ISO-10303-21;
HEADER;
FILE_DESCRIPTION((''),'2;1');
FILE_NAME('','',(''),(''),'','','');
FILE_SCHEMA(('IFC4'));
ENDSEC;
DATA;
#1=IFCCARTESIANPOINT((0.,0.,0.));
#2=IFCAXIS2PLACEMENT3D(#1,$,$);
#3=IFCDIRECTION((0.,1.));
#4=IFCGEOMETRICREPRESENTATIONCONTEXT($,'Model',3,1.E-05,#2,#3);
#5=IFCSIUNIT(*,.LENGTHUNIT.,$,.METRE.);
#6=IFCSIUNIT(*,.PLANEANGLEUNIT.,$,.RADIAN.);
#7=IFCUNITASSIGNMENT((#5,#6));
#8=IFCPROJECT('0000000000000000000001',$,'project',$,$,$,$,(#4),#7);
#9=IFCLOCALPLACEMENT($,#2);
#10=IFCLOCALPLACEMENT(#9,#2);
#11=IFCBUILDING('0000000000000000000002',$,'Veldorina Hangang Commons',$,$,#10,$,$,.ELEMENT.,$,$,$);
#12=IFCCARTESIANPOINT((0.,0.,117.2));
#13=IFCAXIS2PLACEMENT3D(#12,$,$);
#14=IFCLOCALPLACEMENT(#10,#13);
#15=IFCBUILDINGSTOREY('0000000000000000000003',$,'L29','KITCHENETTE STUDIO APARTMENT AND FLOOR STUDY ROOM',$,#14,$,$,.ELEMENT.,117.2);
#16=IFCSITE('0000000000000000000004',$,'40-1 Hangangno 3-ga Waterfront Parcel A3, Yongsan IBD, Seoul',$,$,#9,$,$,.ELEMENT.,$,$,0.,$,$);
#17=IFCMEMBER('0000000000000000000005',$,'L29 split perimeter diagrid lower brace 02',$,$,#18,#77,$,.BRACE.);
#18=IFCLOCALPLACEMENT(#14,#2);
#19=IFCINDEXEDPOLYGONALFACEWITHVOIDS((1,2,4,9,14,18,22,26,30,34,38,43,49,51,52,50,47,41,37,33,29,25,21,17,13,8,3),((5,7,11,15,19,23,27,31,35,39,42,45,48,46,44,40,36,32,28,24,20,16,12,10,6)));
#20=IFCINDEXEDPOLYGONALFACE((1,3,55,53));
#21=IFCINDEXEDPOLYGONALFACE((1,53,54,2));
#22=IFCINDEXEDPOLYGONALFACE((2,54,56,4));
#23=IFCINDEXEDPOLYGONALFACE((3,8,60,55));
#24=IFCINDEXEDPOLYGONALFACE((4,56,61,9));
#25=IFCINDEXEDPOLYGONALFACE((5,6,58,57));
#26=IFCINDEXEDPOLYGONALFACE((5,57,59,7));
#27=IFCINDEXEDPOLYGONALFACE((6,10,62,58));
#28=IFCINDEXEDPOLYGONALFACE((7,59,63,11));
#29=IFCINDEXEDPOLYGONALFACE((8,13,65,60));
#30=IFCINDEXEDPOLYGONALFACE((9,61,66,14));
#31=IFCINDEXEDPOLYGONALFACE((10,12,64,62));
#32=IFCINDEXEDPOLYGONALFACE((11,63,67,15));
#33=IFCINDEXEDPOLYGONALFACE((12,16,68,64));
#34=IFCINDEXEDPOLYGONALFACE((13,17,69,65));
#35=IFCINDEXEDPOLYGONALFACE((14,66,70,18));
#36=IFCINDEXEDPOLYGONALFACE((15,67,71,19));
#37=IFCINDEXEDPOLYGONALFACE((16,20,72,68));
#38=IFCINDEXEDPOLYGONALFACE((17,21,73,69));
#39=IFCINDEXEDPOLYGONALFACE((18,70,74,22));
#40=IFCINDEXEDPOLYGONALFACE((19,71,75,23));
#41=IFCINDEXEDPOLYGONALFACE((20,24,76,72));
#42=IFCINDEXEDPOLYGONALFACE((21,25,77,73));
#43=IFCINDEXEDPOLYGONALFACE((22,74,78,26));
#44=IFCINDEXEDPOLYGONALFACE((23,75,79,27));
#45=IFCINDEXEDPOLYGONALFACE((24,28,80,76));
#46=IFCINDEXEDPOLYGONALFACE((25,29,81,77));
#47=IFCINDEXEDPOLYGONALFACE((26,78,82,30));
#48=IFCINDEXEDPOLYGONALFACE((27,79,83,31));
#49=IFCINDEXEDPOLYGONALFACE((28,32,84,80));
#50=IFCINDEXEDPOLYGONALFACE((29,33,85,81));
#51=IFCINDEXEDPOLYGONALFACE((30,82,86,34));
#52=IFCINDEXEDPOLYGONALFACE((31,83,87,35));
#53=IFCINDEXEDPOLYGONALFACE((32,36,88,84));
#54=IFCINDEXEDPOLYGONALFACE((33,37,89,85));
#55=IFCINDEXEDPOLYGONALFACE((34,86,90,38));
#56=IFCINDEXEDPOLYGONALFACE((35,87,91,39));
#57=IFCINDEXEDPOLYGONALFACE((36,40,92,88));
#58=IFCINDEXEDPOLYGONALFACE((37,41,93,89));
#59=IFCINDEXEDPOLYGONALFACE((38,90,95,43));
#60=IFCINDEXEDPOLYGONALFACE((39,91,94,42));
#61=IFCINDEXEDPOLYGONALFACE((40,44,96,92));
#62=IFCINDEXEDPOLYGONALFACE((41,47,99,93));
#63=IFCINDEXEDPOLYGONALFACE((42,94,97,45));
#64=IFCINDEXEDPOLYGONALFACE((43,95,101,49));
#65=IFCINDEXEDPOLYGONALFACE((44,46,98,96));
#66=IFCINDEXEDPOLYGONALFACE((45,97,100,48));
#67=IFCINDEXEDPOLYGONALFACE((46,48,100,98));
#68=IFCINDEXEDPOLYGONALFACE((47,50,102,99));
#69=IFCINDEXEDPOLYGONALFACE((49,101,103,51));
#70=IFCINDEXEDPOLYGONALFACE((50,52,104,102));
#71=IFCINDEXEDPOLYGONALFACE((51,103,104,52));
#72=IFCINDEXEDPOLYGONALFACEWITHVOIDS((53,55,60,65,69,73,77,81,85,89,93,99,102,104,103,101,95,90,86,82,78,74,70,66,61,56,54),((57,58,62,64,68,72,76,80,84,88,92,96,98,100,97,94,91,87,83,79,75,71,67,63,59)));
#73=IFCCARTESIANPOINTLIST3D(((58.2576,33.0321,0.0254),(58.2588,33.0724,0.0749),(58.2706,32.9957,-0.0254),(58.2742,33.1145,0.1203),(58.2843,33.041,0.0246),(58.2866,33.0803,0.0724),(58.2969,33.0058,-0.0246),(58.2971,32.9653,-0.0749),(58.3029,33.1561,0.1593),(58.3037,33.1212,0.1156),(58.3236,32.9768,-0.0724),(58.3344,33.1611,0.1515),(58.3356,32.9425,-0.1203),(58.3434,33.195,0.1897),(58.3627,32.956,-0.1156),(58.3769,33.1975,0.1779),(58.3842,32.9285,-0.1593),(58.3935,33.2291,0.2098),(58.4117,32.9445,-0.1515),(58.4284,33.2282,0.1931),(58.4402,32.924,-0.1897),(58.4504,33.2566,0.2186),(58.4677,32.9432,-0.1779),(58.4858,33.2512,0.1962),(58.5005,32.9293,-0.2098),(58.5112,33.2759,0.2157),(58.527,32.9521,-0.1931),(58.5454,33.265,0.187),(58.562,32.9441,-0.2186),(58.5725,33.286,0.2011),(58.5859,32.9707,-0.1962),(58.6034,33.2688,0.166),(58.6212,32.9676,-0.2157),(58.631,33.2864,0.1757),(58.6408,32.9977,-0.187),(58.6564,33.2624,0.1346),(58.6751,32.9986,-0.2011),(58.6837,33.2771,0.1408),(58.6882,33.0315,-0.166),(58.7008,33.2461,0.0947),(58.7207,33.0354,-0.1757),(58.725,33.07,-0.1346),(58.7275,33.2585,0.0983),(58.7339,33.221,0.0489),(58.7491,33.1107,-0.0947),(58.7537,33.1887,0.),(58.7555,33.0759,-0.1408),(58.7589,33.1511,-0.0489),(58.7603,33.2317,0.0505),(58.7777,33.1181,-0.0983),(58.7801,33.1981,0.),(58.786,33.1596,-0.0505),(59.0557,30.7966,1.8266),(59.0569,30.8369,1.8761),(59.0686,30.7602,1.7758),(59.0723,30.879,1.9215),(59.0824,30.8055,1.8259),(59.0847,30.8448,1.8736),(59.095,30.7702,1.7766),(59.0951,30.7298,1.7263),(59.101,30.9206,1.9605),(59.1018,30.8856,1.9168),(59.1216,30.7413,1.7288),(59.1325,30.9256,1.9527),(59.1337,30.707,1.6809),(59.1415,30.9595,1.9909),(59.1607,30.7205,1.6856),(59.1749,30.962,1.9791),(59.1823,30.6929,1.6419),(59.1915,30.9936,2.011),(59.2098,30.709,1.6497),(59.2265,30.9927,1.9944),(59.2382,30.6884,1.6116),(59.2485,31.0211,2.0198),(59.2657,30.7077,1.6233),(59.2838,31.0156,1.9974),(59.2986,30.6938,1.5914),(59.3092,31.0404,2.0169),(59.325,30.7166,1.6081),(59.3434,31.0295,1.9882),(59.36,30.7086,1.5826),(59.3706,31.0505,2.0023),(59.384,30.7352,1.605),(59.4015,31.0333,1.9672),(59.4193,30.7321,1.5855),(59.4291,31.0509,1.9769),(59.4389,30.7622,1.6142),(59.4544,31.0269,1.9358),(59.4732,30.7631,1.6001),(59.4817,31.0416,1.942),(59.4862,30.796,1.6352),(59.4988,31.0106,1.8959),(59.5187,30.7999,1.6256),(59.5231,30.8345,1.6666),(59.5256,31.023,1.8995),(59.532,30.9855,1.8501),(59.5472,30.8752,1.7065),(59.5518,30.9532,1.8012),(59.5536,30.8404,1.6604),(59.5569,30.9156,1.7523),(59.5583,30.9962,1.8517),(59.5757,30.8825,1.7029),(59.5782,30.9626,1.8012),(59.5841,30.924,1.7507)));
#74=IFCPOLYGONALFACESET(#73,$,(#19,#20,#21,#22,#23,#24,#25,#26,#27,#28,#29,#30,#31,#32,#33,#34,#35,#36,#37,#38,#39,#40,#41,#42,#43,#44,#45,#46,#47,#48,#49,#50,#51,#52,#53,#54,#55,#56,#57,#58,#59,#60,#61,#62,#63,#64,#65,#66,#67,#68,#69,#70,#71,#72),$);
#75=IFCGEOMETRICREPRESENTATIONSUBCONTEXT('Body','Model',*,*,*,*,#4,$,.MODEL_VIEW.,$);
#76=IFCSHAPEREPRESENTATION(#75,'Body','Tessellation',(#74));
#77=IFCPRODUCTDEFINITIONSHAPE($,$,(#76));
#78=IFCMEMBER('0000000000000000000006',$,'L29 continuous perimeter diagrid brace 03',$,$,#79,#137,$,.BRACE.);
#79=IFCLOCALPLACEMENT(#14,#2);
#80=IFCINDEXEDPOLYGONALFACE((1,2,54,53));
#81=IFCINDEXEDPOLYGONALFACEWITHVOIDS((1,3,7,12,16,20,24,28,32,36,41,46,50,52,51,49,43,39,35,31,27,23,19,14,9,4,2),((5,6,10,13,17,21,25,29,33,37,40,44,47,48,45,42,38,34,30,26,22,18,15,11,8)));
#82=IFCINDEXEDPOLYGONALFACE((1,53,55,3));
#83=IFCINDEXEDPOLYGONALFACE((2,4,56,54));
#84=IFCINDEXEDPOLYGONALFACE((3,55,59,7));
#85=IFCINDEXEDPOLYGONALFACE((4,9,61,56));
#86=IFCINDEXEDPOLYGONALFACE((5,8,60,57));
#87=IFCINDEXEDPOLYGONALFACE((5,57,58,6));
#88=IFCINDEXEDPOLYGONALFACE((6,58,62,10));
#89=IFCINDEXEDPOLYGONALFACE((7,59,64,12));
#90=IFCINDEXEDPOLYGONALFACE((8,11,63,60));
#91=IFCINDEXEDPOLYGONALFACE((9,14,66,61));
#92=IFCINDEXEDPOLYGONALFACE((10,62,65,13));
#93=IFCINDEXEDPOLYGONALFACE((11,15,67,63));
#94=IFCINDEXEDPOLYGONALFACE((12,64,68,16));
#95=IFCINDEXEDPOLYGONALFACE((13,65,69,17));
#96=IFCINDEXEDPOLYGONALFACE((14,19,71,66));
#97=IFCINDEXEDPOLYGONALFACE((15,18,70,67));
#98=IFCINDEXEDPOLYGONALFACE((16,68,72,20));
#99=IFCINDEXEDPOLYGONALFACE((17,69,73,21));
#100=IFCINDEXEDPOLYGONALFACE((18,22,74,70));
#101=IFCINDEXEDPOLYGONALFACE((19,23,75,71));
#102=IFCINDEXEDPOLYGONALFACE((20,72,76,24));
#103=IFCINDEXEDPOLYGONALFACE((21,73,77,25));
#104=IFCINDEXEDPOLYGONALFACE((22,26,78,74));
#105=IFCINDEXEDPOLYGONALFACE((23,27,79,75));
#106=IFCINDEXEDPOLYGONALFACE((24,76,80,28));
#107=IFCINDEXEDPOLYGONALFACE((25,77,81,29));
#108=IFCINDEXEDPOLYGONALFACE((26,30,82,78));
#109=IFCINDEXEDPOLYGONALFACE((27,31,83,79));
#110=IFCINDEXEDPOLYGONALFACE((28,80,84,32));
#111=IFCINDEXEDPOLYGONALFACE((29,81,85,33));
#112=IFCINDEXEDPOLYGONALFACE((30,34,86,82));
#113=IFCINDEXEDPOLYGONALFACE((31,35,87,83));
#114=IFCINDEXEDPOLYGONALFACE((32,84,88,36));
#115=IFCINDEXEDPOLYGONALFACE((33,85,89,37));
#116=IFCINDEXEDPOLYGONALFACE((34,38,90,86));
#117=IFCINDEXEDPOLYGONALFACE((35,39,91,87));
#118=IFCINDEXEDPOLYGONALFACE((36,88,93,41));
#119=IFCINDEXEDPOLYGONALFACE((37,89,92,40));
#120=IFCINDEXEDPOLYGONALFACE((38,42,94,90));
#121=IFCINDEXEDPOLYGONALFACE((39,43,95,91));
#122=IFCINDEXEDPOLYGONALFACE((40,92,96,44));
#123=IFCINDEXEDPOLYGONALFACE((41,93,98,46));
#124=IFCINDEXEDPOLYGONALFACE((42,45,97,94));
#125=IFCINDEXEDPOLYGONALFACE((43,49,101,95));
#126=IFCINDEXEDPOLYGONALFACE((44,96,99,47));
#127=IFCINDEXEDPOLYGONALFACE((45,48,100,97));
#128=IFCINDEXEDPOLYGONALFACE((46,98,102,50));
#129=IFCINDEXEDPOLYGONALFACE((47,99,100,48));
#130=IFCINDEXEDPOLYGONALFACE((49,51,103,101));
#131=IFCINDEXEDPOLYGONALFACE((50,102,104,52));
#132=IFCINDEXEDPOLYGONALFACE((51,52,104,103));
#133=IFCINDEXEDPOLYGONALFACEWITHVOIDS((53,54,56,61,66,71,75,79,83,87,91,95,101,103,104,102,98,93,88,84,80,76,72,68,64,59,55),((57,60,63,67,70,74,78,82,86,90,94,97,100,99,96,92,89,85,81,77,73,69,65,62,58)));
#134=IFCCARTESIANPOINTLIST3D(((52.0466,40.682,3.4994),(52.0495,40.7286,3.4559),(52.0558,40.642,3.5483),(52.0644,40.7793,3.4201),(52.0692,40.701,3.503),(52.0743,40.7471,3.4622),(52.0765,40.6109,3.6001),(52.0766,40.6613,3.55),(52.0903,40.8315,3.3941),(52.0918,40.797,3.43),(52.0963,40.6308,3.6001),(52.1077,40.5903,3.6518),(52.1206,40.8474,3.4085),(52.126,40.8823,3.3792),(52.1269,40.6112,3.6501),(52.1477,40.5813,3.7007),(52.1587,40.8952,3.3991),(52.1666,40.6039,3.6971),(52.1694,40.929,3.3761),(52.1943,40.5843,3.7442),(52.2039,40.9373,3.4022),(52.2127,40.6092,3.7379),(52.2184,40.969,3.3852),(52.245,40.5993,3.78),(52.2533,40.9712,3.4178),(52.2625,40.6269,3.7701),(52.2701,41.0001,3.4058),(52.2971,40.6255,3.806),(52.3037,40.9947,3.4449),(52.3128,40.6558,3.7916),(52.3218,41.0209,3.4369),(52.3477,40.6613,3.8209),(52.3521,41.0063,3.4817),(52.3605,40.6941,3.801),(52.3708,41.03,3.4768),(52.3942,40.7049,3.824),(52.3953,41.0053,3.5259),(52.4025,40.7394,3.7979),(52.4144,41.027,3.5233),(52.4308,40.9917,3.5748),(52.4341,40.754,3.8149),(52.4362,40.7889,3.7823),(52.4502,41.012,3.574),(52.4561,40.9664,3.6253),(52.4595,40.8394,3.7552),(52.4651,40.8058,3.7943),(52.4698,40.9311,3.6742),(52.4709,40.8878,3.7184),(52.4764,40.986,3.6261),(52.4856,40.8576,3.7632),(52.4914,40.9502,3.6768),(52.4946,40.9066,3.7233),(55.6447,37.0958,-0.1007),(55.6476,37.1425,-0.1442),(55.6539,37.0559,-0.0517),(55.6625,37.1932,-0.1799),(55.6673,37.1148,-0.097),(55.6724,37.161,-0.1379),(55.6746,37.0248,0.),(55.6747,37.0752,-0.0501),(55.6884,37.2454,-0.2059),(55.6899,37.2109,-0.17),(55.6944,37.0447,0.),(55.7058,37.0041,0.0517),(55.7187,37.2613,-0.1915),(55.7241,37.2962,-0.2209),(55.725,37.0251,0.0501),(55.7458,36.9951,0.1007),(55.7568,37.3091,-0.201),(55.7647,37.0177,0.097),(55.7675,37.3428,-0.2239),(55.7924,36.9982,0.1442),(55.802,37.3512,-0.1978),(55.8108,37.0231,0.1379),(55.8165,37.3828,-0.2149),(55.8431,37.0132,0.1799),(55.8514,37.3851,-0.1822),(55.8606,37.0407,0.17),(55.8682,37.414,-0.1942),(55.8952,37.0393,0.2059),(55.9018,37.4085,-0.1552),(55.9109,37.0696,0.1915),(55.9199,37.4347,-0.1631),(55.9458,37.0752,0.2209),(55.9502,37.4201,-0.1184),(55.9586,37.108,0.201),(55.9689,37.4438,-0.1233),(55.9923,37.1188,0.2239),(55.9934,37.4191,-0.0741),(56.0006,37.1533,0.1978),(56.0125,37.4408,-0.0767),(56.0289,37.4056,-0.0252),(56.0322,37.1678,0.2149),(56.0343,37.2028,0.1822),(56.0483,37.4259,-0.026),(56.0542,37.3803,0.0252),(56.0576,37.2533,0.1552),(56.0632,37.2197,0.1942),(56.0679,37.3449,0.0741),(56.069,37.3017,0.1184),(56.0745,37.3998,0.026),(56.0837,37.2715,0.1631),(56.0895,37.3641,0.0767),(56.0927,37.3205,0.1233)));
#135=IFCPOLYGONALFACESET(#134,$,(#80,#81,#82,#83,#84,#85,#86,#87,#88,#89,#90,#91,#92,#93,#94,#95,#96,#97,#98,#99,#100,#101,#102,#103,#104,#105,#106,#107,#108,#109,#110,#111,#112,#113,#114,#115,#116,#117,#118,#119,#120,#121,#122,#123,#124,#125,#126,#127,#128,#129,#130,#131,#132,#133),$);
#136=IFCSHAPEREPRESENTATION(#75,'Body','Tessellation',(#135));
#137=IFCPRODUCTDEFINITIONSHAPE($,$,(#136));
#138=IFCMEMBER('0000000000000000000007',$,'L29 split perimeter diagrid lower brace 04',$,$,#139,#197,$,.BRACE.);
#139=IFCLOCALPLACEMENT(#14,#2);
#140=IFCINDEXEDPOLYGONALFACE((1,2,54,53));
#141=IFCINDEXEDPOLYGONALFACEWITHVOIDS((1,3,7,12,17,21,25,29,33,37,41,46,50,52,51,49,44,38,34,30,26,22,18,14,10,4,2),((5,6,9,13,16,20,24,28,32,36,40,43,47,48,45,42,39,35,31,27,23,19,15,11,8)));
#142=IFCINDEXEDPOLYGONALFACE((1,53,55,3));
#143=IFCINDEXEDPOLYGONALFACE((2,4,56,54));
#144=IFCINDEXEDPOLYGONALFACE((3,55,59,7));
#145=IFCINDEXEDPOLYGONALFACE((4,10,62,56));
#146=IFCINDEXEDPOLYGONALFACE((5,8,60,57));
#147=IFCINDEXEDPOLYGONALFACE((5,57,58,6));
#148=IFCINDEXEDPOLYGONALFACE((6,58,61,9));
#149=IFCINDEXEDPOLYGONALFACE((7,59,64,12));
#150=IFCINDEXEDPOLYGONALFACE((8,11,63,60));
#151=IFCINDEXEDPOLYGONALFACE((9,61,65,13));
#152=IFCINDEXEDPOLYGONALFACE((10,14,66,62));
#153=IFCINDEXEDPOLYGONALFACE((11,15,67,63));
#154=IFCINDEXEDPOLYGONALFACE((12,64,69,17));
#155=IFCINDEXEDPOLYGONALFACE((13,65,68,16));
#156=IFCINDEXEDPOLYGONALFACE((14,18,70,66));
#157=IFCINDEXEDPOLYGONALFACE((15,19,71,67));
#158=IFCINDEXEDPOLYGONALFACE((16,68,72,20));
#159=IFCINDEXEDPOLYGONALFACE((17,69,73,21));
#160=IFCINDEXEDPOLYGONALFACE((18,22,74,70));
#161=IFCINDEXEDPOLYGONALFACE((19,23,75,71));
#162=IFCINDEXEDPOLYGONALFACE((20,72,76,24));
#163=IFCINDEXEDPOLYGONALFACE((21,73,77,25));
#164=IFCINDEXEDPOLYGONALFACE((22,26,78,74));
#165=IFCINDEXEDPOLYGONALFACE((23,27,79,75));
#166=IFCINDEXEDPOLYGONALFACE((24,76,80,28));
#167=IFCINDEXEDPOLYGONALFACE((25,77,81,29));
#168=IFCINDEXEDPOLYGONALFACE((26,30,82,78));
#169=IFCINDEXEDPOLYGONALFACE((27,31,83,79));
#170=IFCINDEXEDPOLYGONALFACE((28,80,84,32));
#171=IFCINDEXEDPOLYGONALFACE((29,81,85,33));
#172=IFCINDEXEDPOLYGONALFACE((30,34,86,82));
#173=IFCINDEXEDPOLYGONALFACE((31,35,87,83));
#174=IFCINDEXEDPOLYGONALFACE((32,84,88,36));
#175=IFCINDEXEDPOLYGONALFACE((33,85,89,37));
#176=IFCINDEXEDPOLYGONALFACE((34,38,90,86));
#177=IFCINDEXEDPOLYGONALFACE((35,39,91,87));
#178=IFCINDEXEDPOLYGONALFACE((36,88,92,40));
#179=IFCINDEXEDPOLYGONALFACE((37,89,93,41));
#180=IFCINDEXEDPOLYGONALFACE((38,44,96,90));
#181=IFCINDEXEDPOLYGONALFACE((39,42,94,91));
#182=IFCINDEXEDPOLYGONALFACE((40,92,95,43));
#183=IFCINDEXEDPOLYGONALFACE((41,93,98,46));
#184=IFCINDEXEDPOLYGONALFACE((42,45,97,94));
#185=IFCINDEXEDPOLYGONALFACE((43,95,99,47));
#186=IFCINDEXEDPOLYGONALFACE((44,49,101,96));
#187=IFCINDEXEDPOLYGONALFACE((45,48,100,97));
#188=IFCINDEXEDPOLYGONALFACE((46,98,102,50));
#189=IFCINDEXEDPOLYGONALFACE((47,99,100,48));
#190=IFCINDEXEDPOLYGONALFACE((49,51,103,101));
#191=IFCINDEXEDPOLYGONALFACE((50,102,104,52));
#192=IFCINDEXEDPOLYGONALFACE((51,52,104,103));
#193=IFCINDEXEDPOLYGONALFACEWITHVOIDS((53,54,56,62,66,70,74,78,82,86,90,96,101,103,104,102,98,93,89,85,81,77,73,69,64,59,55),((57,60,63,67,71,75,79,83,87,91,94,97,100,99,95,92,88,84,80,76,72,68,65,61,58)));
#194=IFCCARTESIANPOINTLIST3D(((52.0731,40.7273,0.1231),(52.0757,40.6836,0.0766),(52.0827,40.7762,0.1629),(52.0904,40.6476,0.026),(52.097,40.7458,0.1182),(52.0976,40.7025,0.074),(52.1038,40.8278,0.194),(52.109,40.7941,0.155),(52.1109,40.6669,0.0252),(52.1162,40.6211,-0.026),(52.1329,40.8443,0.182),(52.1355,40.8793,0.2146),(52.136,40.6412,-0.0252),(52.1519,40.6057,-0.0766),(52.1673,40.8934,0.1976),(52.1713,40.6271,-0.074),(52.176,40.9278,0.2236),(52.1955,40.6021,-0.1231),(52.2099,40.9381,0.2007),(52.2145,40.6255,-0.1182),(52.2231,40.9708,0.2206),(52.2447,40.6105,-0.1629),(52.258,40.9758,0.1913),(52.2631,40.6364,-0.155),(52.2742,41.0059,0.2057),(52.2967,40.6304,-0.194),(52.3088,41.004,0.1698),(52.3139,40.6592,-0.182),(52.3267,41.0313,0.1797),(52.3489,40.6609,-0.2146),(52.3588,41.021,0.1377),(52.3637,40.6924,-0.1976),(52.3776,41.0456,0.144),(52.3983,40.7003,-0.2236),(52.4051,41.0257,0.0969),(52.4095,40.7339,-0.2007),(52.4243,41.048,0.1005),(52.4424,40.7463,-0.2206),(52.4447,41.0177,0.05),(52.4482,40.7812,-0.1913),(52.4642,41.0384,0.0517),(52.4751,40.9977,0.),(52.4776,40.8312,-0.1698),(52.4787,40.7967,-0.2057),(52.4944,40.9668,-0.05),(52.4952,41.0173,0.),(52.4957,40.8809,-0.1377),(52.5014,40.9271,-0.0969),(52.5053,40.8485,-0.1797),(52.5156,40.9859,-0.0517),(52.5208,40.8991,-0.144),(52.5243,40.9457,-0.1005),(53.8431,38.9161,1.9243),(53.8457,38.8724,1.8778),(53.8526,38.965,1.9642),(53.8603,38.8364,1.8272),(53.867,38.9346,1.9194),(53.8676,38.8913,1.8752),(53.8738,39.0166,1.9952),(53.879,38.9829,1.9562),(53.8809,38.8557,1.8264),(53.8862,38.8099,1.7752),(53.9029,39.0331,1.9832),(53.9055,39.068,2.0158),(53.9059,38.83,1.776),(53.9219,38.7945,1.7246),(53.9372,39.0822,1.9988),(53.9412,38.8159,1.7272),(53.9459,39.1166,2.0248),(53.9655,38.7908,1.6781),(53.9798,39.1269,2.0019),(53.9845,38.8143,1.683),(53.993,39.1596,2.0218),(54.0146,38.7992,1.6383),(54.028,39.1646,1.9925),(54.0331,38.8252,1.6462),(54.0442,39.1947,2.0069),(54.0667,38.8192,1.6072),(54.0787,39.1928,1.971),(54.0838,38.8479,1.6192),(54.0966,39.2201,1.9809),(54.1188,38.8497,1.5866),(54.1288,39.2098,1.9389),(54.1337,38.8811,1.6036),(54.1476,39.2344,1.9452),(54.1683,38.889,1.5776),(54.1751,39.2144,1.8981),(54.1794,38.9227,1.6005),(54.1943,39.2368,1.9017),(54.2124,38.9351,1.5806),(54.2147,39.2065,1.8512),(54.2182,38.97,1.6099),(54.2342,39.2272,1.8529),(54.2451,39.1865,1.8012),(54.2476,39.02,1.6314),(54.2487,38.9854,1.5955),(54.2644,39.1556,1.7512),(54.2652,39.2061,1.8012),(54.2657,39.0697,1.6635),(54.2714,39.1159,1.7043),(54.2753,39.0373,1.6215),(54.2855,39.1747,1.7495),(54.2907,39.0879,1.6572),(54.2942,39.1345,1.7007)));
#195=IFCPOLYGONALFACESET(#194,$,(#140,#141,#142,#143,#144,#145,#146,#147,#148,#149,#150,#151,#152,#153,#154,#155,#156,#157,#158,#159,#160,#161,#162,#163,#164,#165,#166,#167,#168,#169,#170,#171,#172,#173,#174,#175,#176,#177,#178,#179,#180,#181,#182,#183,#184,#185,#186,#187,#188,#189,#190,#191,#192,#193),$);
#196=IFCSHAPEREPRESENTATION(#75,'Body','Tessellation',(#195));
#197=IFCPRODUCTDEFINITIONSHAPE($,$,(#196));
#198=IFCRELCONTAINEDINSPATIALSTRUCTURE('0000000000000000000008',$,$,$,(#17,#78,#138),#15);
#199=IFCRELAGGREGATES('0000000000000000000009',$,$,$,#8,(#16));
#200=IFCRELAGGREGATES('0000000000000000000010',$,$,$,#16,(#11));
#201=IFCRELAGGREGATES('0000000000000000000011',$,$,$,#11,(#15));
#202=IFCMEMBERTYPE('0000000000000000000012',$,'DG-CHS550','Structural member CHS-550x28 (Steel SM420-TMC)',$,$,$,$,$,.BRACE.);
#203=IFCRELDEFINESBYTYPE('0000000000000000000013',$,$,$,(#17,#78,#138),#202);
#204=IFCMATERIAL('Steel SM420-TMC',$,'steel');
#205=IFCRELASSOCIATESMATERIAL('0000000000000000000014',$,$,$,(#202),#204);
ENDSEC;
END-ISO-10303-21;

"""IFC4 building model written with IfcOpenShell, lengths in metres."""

from ifc_helpers import new_model, si_unit, direction, frame, origin, origin_2d, place, context, subcontext, project, spatial, hollow_circle, extrude, material, material_profile, profile_set, type_object, element, save


model = new_model("IFC4")

# Units and contexts
model_context = context("Model", 3, precision=1e-05, world=origin(), true_north=direction((0.0, 1.0)))
body_context = subcontext(model_context, "Body", "Model", "MODEL_VIEW")
ifc_project = project(units=[si_unit("LENGTHUNIT", "METRE"), si_unit("PLANEANGLEUNIT", "RADIAN")], contexts=[model_context])

# Site, building, storey
site_placement = place(None, origin())
site = spatial("IfcSite", under=ifc_project, at=site_placement, Name="40-1 Hangangno 3-ga Waterfront Parcel A3, Yongsan IBD, Seoul", CompositionType="ELEMENT", RefElevation=0.0)
building_placement = place(site_placement, origin())
building = spatial("IfcBuilding", under=site, at=building_placement, Name="Veldorina Hangang Commons", CompositionType="ELEMENT")
storey_placement = place(building_placement, frame((0.0, 0.0, 117.2)))
storey = spatial("IfcBuildingStorey", under=building, at=storey_placement, Name="L29", Description="KITCHENETTE STUDIO APARTMENT AND FLOOR STUDY ROOM", CompositionType="ELEMENT", Elevation=117.2)

# Shared definitions
ifc_material_1 = material(Name="Steel SM420-TMC", Category="steel")

# Members
ifc_material_profile_1 = material_profile(ifc_material_1, hollow_circle(Radius=0.2749, WallThickness=0.0281, at=origin_2d()), Name="CHS-550x28")
ifc_profile_set_1 = profile_set([ifc_material_profile_1], Name="Steel SM420-TMC")
member_type = type_object("IfcMemberType", Name="DG-CHS550", Description="Structural member CHS-550x28 (Steel SM420-TMC)", PredefinedType="BRACE", material=ifc_profile_set_1)
member_1_placement = place(storey_placement, frame((58.5212, 33.1057, 0.0), z_axis=(0.267832, -0.750241, 0.604486), x_axis=(0.941786, 0.336213, 0.0)))
element("IfcMember", 1, at=member_1_placement, inside=storey, type_object=member_type, Name="L29 split perimeter diagrid lower brace 02", PredefinedType="BRACE", context=body_context, shape_type="SweptSolid", body=[
    extrude(hollow_circle(Radius=0.2749, WallThickness=0.0281, at=origin_2d()), origin(), (0.0, 0.0, 1.0), 2.9797),
])
member_2_placement = place(storey_placement, frame((55.8687, 37.2195, 0.0), z_axis=(-0.577885, 0.575964, 0.578199), x_axis=(-0.705928, -0.708283, 0.0)))
element("IfcMember", 2, at=member_2_placement, inside=storey, type_object=member_type, Name="L29 continuous perimeter diagrid brace 03", PredefinedType="BRACE", context=body_context, shape_type="SweptSolid", body=[
    extrude(hollow_circle(Radius=0.2749, WallThickness=0.0281, at=origin_2d()), origin(), (0.0, 0.0, 1.0), 6.2263),
])
member_3_placement = place(storey_placement, frame((52.2986, 40.8252, 0.0), z_axis=(0.569545, -0.582822, 0.579601), x_axis=(0.715206, 0.698914, 0.0)))
element("IfcMember", 3, at=member_3_placement, inside=storey, type_object=member_type, Name="L29 split perimeter diagrid lower brace 04", PredefinedType="BRACE", context=body_context, shape_type="SweptSolid", body=[
    extrude(hollow_circle(Radius=0.2749, WallThickness=0.0281, at=origin_2d()), origin(), (0.0, 0.0, 1.0), 3.1077),
])

save(model, "model.ifc")
